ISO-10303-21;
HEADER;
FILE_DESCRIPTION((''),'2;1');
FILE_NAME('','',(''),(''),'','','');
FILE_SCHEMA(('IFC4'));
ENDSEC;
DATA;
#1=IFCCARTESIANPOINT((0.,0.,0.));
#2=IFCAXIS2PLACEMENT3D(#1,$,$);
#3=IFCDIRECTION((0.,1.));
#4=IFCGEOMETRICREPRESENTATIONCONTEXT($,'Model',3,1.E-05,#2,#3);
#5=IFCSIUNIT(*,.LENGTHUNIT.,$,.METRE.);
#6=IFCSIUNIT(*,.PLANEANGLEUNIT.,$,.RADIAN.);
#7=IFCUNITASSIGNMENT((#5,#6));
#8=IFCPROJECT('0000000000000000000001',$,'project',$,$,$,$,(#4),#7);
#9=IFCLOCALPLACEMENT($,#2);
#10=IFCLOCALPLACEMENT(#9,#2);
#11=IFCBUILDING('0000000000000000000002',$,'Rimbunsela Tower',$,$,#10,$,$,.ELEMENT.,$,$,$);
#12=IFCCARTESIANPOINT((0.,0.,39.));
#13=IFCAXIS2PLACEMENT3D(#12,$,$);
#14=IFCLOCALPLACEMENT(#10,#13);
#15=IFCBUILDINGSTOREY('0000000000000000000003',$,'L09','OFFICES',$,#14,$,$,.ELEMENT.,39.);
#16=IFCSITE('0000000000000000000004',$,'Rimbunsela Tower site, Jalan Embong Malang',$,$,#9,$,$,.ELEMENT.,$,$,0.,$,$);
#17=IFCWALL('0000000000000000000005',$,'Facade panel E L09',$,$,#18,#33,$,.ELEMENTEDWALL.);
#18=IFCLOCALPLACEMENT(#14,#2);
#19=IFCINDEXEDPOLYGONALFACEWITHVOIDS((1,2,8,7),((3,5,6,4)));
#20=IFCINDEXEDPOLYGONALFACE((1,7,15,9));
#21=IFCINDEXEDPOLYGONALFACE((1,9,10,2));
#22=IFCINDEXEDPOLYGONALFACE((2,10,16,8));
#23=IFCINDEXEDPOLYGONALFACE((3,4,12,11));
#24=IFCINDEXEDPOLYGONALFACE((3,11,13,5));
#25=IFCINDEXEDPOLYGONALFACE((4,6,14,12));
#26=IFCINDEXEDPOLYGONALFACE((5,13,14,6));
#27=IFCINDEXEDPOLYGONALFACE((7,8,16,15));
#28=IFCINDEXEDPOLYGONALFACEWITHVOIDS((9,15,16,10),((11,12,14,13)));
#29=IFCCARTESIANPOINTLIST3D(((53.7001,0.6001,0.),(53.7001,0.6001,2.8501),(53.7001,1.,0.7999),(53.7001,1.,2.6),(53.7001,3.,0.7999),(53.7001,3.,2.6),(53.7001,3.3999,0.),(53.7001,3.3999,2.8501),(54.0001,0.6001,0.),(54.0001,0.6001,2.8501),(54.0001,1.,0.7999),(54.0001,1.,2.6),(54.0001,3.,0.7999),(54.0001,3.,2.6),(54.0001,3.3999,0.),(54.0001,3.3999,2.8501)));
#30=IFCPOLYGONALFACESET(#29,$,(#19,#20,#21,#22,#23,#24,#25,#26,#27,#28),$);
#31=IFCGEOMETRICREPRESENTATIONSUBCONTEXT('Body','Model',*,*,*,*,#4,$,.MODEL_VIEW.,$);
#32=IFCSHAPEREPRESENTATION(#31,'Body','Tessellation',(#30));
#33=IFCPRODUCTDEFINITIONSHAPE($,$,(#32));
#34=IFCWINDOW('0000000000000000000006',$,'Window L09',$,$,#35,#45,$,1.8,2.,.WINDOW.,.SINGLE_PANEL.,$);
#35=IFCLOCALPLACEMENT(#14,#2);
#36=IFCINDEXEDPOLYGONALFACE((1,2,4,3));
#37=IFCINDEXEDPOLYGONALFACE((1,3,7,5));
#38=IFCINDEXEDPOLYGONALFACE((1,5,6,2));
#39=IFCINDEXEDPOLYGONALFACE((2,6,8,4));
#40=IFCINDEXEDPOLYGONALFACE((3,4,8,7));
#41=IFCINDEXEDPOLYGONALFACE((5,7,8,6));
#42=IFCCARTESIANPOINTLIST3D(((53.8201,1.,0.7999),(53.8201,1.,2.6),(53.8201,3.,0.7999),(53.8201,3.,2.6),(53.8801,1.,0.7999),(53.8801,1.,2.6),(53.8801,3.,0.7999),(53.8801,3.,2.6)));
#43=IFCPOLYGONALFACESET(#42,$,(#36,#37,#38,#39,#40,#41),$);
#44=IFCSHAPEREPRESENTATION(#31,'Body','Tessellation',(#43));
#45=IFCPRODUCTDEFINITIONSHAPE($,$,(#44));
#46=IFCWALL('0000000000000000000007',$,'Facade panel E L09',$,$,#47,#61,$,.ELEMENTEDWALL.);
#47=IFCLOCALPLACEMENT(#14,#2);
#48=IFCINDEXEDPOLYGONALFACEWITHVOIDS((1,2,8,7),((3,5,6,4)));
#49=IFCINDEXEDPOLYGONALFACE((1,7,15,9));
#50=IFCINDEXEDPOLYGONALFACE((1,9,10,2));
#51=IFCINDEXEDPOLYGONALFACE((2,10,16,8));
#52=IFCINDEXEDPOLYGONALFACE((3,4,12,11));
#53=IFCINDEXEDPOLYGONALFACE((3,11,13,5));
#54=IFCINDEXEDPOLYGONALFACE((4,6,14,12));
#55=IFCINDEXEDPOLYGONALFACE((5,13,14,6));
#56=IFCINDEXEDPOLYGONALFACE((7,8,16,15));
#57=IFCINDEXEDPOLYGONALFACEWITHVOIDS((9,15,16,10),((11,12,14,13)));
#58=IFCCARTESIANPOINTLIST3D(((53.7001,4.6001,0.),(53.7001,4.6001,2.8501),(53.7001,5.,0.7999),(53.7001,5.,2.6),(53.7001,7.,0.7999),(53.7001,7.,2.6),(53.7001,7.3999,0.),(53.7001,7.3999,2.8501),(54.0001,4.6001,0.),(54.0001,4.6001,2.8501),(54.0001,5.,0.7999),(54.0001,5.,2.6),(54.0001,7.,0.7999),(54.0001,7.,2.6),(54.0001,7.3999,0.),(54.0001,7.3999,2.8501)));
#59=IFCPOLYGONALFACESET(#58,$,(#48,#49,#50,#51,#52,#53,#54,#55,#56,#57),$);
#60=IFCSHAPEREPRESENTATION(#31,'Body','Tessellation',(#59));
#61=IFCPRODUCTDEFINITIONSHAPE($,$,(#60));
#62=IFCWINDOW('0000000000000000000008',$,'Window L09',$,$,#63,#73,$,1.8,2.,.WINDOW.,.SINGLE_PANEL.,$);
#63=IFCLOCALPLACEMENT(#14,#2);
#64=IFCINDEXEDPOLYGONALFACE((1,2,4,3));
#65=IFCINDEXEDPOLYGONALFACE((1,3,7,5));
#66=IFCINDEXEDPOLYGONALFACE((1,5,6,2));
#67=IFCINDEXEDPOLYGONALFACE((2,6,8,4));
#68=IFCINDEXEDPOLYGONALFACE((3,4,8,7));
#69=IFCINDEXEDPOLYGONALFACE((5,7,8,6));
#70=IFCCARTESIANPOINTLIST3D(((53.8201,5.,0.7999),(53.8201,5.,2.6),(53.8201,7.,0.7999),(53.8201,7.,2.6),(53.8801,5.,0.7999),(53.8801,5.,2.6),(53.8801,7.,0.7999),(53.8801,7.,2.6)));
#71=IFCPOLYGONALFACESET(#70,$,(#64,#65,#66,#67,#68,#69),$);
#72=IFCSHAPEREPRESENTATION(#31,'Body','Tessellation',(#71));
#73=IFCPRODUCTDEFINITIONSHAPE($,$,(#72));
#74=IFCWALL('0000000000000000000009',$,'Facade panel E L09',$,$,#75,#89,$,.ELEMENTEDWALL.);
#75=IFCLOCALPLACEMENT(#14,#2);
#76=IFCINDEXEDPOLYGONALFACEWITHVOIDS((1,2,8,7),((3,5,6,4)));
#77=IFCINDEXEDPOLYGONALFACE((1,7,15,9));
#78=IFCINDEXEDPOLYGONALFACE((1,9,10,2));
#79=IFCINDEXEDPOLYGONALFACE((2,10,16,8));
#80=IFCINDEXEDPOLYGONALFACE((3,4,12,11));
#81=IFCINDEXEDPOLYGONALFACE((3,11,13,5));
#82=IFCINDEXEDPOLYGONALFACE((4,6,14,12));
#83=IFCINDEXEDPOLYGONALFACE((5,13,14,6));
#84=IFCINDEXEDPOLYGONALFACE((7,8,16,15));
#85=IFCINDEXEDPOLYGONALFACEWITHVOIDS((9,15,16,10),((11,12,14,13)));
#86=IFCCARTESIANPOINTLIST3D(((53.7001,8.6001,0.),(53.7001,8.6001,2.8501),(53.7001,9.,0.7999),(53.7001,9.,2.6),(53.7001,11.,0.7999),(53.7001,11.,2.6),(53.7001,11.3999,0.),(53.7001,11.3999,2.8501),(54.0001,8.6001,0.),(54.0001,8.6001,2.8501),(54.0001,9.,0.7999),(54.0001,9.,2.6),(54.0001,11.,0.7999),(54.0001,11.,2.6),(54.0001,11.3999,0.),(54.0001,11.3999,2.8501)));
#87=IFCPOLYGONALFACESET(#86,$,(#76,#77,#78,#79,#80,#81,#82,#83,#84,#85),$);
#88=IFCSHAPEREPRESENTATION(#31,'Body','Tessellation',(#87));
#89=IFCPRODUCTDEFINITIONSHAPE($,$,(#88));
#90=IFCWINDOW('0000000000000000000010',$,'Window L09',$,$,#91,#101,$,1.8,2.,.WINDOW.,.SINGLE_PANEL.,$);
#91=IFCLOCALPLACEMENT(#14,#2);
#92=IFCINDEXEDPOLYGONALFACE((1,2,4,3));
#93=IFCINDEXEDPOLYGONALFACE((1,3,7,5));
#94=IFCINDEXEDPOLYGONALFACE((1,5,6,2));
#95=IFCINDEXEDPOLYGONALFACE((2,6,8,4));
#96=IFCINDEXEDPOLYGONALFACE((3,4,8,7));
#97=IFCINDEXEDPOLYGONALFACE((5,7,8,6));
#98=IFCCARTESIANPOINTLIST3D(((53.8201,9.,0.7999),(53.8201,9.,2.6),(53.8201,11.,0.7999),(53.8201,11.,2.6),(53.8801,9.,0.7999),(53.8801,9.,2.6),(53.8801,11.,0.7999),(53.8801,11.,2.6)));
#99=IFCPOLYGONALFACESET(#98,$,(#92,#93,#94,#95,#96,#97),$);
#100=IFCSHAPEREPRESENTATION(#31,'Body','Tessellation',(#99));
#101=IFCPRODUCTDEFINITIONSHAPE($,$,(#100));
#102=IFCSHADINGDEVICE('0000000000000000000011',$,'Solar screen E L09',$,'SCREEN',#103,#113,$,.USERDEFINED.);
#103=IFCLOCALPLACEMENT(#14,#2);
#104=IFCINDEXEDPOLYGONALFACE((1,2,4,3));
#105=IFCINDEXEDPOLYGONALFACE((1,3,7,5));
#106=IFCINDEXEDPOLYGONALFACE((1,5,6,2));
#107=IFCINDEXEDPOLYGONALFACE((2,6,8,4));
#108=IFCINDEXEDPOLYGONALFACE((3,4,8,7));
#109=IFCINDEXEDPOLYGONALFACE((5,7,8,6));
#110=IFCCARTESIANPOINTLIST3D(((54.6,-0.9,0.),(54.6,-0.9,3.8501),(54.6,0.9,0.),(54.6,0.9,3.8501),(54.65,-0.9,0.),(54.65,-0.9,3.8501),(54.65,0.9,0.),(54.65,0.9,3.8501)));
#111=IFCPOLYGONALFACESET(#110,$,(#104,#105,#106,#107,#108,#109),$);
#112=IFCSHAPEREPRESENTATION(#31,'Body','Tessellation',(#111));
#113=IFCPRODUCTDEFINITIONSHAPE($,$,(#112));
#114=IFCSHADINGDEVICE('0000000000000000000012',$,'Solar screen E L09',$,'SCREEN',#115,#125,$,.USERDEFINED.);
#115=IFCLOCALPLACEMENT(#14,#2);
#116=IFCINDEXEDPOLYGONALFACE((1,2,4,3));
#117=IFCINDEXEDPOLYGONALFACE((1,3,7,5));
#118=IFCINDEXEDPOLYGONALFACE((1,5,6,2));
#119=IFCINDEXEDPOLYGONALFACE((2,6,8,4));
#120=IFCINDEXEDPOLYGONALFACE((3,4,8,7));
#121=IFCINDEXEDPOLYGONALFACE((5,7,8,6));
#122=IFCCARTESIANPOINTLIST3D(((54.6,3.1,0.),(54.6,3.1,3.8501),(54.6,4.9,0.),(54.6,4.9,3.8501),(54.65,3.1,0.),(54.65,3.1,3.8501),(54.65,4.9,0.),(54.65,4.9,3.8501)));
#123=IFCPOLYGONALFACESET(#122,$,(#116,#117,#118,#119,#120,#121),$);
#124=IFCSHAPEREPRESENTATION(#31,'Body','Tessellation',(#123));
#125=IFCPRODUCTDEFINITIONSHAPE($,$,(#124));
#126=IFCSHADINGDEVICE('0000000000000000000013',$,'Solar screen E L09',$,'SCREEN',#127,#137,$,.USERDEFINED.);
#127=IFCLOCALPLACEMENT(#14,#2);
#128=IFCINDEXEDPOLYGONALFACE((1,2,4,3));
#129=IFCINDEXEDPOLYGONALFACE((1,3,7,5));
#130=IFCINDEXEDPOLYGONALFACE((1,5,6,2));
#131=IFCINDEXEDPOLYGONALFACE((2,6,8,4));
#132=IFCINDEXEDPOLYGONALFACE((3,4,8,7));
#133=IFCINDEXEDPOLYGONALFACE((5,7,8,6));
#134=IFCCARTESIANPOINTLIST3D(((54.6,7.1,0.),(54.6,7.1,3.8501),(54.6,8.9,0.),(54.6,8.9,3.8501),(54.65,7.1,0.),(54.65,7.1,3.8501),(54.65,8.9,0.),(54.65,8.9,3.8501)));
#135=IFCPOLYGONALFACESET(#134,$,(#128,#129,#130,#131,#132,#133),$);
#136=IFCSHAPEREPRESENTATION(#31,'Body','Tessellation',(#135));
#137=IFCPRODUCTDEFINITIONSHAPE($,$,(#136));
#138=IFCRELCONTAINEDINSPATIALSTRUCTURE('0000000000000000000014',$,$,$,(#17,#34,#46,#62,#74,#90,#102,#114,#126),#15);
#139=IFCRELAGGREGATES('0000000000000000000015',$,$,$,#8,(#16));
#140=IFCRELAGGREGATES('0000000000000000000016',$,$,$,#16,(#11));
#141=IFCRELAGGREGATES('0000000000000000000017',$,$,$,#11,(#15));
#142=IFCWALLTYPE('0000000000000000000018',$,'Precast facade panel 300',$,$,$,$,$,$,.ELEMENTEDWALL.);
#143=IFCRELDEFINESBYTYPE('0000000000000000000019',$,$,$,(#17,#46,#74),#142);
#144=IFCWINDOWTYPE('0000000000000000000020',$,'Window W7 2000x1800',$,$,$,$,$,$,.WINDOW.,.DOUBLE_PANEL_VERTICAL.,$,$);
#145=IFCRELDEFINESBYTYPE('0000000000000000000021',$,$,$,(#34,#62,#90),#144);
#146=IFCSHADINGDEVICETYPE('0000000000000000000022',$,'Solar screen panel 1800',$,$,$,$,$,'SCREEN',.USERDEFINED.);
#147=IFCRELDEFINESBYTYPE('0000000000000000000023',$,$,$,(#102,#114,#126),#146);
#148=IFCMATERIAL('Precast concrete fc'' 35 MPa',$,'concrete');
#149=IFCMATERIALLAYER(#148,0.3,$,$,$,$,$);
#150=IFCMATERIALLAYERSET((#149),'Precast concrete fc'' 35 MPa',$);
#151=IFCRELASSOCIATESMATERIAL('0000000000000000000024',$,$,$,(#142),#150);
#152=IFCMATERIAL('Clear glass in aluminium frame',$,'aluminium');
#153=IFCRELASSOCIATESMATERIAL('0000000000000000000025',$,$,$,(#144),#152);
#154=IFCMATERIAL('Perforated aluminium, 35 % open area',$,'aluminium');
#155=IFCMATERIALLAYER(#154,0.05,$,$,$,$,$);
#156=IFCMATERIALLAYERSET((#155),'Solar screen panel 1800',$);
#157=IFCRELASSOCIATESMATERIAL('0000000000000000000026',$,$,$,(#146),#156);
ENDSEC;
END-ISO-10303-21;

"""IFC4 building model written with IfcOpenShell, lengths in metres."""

from ifc_helpers import new_model, si_unit, direction, frame, frame_2d, origin, origin_2d, place, context, subcontext, project, spatial, rectangle, extrude, material, layer, layer_set, type_object, element, fill, save


model = new_model("IFC4")

# Units and contexts
model_context = context("Model", 3, precision=1e-05, world=origin(), true_north=direction((0.0, 1.0)))
body_context = subcontext(model_context, "Body", "Model", "MODEL_VIEW")
ifc_project = project(units=[si_unit("LENGTHUNIT", "METRE"), si_unit("PLANEANGLEUNIT", "RADIAN")], contexts=[model_context])

# Site, building, storey
site_placement = place(None, origin())
site = spatial("IfcSite", under=ifc_project, at=site_placement, Name="Rimbunsela Tower site, Jalan Embong Malang", CompositionType="ELEMENT", RefElevation=0.0)
building_placement = place(site_placement, origin())
building = spatial("IfcBuilding", under=site, at=building_placement, Name="Rimbunsela Tower", CompositionType="ELEMENT")
storey_placement = place(building_placement, frame((0.0, 0.0, 39.0)))
storey = spatial("IfcBuildingStorey", under=building, at=storey_placement, Name="L09", Description="OFFICES", CompositionType="ELEMENT", Elevation=39.0)

# Shared definitions
ifc_material_1 = material(Name="Precast concrete fc' 35 MPa", Category="concrete")
ifc_layer_1 = layer(ifc_material_1, 0.3)
ifc_layer_set_1 = layer_set([ifc_layer_1], Name="Precast concrete fc' 35 MPa")
wall_type_1 = type_object("IfcWallType", Name="Precast facade panel 300", PredefinedType="ELEMENTEDWALL", material=ifc_layer_set_1)

# Walls, openings, windows
wall_1_placement = place(storey_placement, frame((53.8501, 0.6001, 0.0), z_axis=(0.0, 0.0, 1.0), x_axis=(0.0, 1.0, 0.0)))
wall_1 = element("IfcWall", 1, at=wall_1_placement, inside=storey, type_object=wall_type_1, Name="Facade panel E L09", PredefinedType="ELEMENTEDWALL", context=body_context, shape_type="SweptSolid", body=[
    extrude(rectangle(XDim=2.7998, YDim=0.3, at=frame_2d((1.3999, 0.0))), origin(), (0.0, 0.0, 1.0), 2.8501),
])
opening_1_placement = place(wall_1_placement, frame((0.3999, 0.0, 0.8)))
opening_1 = element("IfcOpeningElement", 2, at=opening_1_placement, cuts=wall_1, PredefinedType="OPENING", context=body_context, shape_type="SweptSolid", body=[
    extrude(rectangle(XDim=2.0, YDim=1.8, at=frame_2d((1.0, 0.8999))), frame((0.0, 0.1599, 0.0), z_axis=(0.0, -1.0, 0.0), x_axis=(1.0, 0.0, 0.0)), (0.0, 0.0, 1.0), 0.3201),
])
ifc_material_2 = material(Name="Clear glass in aluminium frame", Category="aluminium")
window_type = type_object("IfcWindowType", Name="Window W7 2000x1800", PartitioningType="DOUBLE_PANEL_VERTICAL", PredefinedType="WINDOW", material=ifc_material_2)
window_1_placement = place(opening_1_placement, origin())
window_1 = element("IfcWindow", 3, at=window_1_placement, inside=storey, type_object=window_type, Name="Window L09", OverallHeight=1.8, OverallWidth=2.0, PartitioningType="SINGLE_PANEL", PredefinedType="WINDOW", context=body_context, shape_type="SweptSolid", body=[
    extrude(rectangle(XDim=2.0, YDim=1.8, at=frame_2d((1.0, 0.8999))), frame((0.0, 0.03, 0.0), z_axis=(0.0, -1.0, 0.0), x_axis=(1.0, 0.0, 0.0)), (0.0, 0.0, 1.0), 0.0601),
])
fill(opening_1, window_1)
wall_2_placement = place(storey_placement, frame((53.8501, 4.6001, 0.0), z_axis=(0.0, 0.0, 1.0), x_axis=(0.0, 1.0, 0.0)))
wall_2 = element("IfcWall", 4, at=wall_2_placement, inside=storey, type_object=wall_type_1, Name="Facade panel E L09", PredefinedType="ELEMENTEDWALL", context=body_context, shape_type="SweptSolid", body=[
    extrude(rectangle(XDim=2.7998, YDim=0.3, at=frame_2d((1.3999, 0.0))), origin(), (0.0, 0.0, 1.0), 2.8501),
])
opening_2_placement = place(wall_2_placement, frame((0.3999, 0.0, 0.8)))
opening_2 = element("IfcOpeningElement", 5, at=opening_2_placement, cuts=wall_2, PredefinedType="OPENING", context=body_context, shape_type="SweptSolid", body=[
    extrude(rectangle(XDim=2.0, YDim=1.8, at=frame_2d((1.0, 0.8999))), frame((0.0, 0.1599, 0.0), z_axis=(0.0, -1.0, 0.0), x_axis=(1.0, 0.0, 0.0)), (0.0, 0.0, 1.0), 0.3201),
])
window_2_placement = place(opening_2_placement, origin())
window_2 = element("IfcWindow", 6, at=window_2_placement, inside=storey, type_object=window_type, Name="Window L09", OverallHeight=1.8, OverallWidth=2.0, PartitioningType="SINGLE_PANEL", PredefinedType="WINDOW", context=body_context, shape_type="SweptSolid", body=[
    extrude(rectangle(XDim=2.0, YDim=1.8, at=frame_2d((1.0, 0.8999))), frame((0.0, 0.03, 0.0), z_axis=(0.0, -1.0, 0.0), x_axis=(1.0, 0.0, 0.0)), (0.0, 0.0, 1.0), 0.0601),
])
fill(opening_2, window_2)
wall_3_placement = place(storey_placement, frame((53.8501, 8.6001, 0.0), z_axis=(0.0, 0.0, 1.0), x_axis=(0.0, 1.0, 0.0)))
wall_3 = element("IfcWall", 7, at=wall_3_placement, inside=storey, type_object=wall_type_1, Name="Facade panel E L09", PredefinedType="ELEMENTEDWALL", context=body_context, shape_type="SweptSolid", body=[
    extrude(rectangle(XDim=2.7998, YDim=0.3, at=frame_2d((1.3999, 0.0))), origin(), (0.0, 0.0, 1.0), 2.8501),
])
opening_3_placement = place(wall_3_placement, frame((0.3999, 0.0, 0.8)))
opening_3 = element("IfcOpeningElement", 8, at=opening_3_placement, cuts=wall_3, PredefinedType="OPENING", context=body_context, shape_type="SweptSolid", body=[
    extrude(rectangle(XDim=2.0, YDim=1.8, at=frame_2d((1.0, 0.8999))), frame((0.0, 0.1599, 0.0), z_axis=(0.0, -1.0, 0.0), x_axis=(1.0, 0.0, 0.0)), (0.0, 0.0, 1.0), 0.3201),
])
window_3_placement = place(opening_3_placement, origin())
window_3 = element("IfcWindow", 9, at=window_3_placement, inside=storey, type_object=window_type, Name="Window L09", OverallHeight=1.8, OverallWidth=2.0, PartitioningType="SINGLE_PANEL", PredefinedType="WINDOW", context=body_context, shape_type="SweptSolid", body=[
    extrude(rectangle(XDim=2.0, YDim=1.8, at=frame_2d((1.0, 0.8999))), frame((0.0, 0.03, 0.0), z_axis=(0.0, -1.0, 0.0), x_axis=(1.0, 0.0, 0.0)), (0.0, 0.0, 1.0), 0.0601),
])
fill(opening_3, window_3)

# Shading devices
ifc_material_3 = material(Name="Perforated aluminium, 35 % open area", Category="aluminium")
ifc_layer_2 = layer(ifc_material_3, 0.05)
ifc_layer_set_2 = layer_set([ifc_layer_2], Name="Solar screen panel 1800")
shading_device_type = type_object("IfcShadingDeviceType", Name="Solar screen panel 1800", ElementType="SCREEN", PredefinedType="USERDEFINED", material=ifc_layer_set_2)
for number, where, z_axis, x_axis, name in (
    (10, (54.625, 0.0, 0.0), (0.0, 0.0, 1.0), (0.0, 1.0, 0.0), "Solar screen E L09"),
    (11, (54.625, 4.0, 0.0), (0.0, 0.0, 1.0), (0.0, 1.0, 0.0), "Solar screen E L09"),
    (12, (54.625, 8.0, 0.0), (0.0, 0.0, 1.0), (0.0, 1.0, 0.0), "Solar screen E L09"),
):
    element("IfcShadingDevice", number, at=place(storey_placement, frame(where, z_axis=z_axis, x_axis=x_axis)), inside=storey, type_object=shading_device_type, Name=name, ObjectType="SCREEN", PredefinedType="USERDEFINED", context=body_context, shape_type="SweptSolid", body=[
        extrude(rectangle(XDim=1.8, YDim=0.05, at=origin_2d()), origin(), (0.0, 0.0, 1.0), 3.8501),
    ])

save(model, "model.ifc")
